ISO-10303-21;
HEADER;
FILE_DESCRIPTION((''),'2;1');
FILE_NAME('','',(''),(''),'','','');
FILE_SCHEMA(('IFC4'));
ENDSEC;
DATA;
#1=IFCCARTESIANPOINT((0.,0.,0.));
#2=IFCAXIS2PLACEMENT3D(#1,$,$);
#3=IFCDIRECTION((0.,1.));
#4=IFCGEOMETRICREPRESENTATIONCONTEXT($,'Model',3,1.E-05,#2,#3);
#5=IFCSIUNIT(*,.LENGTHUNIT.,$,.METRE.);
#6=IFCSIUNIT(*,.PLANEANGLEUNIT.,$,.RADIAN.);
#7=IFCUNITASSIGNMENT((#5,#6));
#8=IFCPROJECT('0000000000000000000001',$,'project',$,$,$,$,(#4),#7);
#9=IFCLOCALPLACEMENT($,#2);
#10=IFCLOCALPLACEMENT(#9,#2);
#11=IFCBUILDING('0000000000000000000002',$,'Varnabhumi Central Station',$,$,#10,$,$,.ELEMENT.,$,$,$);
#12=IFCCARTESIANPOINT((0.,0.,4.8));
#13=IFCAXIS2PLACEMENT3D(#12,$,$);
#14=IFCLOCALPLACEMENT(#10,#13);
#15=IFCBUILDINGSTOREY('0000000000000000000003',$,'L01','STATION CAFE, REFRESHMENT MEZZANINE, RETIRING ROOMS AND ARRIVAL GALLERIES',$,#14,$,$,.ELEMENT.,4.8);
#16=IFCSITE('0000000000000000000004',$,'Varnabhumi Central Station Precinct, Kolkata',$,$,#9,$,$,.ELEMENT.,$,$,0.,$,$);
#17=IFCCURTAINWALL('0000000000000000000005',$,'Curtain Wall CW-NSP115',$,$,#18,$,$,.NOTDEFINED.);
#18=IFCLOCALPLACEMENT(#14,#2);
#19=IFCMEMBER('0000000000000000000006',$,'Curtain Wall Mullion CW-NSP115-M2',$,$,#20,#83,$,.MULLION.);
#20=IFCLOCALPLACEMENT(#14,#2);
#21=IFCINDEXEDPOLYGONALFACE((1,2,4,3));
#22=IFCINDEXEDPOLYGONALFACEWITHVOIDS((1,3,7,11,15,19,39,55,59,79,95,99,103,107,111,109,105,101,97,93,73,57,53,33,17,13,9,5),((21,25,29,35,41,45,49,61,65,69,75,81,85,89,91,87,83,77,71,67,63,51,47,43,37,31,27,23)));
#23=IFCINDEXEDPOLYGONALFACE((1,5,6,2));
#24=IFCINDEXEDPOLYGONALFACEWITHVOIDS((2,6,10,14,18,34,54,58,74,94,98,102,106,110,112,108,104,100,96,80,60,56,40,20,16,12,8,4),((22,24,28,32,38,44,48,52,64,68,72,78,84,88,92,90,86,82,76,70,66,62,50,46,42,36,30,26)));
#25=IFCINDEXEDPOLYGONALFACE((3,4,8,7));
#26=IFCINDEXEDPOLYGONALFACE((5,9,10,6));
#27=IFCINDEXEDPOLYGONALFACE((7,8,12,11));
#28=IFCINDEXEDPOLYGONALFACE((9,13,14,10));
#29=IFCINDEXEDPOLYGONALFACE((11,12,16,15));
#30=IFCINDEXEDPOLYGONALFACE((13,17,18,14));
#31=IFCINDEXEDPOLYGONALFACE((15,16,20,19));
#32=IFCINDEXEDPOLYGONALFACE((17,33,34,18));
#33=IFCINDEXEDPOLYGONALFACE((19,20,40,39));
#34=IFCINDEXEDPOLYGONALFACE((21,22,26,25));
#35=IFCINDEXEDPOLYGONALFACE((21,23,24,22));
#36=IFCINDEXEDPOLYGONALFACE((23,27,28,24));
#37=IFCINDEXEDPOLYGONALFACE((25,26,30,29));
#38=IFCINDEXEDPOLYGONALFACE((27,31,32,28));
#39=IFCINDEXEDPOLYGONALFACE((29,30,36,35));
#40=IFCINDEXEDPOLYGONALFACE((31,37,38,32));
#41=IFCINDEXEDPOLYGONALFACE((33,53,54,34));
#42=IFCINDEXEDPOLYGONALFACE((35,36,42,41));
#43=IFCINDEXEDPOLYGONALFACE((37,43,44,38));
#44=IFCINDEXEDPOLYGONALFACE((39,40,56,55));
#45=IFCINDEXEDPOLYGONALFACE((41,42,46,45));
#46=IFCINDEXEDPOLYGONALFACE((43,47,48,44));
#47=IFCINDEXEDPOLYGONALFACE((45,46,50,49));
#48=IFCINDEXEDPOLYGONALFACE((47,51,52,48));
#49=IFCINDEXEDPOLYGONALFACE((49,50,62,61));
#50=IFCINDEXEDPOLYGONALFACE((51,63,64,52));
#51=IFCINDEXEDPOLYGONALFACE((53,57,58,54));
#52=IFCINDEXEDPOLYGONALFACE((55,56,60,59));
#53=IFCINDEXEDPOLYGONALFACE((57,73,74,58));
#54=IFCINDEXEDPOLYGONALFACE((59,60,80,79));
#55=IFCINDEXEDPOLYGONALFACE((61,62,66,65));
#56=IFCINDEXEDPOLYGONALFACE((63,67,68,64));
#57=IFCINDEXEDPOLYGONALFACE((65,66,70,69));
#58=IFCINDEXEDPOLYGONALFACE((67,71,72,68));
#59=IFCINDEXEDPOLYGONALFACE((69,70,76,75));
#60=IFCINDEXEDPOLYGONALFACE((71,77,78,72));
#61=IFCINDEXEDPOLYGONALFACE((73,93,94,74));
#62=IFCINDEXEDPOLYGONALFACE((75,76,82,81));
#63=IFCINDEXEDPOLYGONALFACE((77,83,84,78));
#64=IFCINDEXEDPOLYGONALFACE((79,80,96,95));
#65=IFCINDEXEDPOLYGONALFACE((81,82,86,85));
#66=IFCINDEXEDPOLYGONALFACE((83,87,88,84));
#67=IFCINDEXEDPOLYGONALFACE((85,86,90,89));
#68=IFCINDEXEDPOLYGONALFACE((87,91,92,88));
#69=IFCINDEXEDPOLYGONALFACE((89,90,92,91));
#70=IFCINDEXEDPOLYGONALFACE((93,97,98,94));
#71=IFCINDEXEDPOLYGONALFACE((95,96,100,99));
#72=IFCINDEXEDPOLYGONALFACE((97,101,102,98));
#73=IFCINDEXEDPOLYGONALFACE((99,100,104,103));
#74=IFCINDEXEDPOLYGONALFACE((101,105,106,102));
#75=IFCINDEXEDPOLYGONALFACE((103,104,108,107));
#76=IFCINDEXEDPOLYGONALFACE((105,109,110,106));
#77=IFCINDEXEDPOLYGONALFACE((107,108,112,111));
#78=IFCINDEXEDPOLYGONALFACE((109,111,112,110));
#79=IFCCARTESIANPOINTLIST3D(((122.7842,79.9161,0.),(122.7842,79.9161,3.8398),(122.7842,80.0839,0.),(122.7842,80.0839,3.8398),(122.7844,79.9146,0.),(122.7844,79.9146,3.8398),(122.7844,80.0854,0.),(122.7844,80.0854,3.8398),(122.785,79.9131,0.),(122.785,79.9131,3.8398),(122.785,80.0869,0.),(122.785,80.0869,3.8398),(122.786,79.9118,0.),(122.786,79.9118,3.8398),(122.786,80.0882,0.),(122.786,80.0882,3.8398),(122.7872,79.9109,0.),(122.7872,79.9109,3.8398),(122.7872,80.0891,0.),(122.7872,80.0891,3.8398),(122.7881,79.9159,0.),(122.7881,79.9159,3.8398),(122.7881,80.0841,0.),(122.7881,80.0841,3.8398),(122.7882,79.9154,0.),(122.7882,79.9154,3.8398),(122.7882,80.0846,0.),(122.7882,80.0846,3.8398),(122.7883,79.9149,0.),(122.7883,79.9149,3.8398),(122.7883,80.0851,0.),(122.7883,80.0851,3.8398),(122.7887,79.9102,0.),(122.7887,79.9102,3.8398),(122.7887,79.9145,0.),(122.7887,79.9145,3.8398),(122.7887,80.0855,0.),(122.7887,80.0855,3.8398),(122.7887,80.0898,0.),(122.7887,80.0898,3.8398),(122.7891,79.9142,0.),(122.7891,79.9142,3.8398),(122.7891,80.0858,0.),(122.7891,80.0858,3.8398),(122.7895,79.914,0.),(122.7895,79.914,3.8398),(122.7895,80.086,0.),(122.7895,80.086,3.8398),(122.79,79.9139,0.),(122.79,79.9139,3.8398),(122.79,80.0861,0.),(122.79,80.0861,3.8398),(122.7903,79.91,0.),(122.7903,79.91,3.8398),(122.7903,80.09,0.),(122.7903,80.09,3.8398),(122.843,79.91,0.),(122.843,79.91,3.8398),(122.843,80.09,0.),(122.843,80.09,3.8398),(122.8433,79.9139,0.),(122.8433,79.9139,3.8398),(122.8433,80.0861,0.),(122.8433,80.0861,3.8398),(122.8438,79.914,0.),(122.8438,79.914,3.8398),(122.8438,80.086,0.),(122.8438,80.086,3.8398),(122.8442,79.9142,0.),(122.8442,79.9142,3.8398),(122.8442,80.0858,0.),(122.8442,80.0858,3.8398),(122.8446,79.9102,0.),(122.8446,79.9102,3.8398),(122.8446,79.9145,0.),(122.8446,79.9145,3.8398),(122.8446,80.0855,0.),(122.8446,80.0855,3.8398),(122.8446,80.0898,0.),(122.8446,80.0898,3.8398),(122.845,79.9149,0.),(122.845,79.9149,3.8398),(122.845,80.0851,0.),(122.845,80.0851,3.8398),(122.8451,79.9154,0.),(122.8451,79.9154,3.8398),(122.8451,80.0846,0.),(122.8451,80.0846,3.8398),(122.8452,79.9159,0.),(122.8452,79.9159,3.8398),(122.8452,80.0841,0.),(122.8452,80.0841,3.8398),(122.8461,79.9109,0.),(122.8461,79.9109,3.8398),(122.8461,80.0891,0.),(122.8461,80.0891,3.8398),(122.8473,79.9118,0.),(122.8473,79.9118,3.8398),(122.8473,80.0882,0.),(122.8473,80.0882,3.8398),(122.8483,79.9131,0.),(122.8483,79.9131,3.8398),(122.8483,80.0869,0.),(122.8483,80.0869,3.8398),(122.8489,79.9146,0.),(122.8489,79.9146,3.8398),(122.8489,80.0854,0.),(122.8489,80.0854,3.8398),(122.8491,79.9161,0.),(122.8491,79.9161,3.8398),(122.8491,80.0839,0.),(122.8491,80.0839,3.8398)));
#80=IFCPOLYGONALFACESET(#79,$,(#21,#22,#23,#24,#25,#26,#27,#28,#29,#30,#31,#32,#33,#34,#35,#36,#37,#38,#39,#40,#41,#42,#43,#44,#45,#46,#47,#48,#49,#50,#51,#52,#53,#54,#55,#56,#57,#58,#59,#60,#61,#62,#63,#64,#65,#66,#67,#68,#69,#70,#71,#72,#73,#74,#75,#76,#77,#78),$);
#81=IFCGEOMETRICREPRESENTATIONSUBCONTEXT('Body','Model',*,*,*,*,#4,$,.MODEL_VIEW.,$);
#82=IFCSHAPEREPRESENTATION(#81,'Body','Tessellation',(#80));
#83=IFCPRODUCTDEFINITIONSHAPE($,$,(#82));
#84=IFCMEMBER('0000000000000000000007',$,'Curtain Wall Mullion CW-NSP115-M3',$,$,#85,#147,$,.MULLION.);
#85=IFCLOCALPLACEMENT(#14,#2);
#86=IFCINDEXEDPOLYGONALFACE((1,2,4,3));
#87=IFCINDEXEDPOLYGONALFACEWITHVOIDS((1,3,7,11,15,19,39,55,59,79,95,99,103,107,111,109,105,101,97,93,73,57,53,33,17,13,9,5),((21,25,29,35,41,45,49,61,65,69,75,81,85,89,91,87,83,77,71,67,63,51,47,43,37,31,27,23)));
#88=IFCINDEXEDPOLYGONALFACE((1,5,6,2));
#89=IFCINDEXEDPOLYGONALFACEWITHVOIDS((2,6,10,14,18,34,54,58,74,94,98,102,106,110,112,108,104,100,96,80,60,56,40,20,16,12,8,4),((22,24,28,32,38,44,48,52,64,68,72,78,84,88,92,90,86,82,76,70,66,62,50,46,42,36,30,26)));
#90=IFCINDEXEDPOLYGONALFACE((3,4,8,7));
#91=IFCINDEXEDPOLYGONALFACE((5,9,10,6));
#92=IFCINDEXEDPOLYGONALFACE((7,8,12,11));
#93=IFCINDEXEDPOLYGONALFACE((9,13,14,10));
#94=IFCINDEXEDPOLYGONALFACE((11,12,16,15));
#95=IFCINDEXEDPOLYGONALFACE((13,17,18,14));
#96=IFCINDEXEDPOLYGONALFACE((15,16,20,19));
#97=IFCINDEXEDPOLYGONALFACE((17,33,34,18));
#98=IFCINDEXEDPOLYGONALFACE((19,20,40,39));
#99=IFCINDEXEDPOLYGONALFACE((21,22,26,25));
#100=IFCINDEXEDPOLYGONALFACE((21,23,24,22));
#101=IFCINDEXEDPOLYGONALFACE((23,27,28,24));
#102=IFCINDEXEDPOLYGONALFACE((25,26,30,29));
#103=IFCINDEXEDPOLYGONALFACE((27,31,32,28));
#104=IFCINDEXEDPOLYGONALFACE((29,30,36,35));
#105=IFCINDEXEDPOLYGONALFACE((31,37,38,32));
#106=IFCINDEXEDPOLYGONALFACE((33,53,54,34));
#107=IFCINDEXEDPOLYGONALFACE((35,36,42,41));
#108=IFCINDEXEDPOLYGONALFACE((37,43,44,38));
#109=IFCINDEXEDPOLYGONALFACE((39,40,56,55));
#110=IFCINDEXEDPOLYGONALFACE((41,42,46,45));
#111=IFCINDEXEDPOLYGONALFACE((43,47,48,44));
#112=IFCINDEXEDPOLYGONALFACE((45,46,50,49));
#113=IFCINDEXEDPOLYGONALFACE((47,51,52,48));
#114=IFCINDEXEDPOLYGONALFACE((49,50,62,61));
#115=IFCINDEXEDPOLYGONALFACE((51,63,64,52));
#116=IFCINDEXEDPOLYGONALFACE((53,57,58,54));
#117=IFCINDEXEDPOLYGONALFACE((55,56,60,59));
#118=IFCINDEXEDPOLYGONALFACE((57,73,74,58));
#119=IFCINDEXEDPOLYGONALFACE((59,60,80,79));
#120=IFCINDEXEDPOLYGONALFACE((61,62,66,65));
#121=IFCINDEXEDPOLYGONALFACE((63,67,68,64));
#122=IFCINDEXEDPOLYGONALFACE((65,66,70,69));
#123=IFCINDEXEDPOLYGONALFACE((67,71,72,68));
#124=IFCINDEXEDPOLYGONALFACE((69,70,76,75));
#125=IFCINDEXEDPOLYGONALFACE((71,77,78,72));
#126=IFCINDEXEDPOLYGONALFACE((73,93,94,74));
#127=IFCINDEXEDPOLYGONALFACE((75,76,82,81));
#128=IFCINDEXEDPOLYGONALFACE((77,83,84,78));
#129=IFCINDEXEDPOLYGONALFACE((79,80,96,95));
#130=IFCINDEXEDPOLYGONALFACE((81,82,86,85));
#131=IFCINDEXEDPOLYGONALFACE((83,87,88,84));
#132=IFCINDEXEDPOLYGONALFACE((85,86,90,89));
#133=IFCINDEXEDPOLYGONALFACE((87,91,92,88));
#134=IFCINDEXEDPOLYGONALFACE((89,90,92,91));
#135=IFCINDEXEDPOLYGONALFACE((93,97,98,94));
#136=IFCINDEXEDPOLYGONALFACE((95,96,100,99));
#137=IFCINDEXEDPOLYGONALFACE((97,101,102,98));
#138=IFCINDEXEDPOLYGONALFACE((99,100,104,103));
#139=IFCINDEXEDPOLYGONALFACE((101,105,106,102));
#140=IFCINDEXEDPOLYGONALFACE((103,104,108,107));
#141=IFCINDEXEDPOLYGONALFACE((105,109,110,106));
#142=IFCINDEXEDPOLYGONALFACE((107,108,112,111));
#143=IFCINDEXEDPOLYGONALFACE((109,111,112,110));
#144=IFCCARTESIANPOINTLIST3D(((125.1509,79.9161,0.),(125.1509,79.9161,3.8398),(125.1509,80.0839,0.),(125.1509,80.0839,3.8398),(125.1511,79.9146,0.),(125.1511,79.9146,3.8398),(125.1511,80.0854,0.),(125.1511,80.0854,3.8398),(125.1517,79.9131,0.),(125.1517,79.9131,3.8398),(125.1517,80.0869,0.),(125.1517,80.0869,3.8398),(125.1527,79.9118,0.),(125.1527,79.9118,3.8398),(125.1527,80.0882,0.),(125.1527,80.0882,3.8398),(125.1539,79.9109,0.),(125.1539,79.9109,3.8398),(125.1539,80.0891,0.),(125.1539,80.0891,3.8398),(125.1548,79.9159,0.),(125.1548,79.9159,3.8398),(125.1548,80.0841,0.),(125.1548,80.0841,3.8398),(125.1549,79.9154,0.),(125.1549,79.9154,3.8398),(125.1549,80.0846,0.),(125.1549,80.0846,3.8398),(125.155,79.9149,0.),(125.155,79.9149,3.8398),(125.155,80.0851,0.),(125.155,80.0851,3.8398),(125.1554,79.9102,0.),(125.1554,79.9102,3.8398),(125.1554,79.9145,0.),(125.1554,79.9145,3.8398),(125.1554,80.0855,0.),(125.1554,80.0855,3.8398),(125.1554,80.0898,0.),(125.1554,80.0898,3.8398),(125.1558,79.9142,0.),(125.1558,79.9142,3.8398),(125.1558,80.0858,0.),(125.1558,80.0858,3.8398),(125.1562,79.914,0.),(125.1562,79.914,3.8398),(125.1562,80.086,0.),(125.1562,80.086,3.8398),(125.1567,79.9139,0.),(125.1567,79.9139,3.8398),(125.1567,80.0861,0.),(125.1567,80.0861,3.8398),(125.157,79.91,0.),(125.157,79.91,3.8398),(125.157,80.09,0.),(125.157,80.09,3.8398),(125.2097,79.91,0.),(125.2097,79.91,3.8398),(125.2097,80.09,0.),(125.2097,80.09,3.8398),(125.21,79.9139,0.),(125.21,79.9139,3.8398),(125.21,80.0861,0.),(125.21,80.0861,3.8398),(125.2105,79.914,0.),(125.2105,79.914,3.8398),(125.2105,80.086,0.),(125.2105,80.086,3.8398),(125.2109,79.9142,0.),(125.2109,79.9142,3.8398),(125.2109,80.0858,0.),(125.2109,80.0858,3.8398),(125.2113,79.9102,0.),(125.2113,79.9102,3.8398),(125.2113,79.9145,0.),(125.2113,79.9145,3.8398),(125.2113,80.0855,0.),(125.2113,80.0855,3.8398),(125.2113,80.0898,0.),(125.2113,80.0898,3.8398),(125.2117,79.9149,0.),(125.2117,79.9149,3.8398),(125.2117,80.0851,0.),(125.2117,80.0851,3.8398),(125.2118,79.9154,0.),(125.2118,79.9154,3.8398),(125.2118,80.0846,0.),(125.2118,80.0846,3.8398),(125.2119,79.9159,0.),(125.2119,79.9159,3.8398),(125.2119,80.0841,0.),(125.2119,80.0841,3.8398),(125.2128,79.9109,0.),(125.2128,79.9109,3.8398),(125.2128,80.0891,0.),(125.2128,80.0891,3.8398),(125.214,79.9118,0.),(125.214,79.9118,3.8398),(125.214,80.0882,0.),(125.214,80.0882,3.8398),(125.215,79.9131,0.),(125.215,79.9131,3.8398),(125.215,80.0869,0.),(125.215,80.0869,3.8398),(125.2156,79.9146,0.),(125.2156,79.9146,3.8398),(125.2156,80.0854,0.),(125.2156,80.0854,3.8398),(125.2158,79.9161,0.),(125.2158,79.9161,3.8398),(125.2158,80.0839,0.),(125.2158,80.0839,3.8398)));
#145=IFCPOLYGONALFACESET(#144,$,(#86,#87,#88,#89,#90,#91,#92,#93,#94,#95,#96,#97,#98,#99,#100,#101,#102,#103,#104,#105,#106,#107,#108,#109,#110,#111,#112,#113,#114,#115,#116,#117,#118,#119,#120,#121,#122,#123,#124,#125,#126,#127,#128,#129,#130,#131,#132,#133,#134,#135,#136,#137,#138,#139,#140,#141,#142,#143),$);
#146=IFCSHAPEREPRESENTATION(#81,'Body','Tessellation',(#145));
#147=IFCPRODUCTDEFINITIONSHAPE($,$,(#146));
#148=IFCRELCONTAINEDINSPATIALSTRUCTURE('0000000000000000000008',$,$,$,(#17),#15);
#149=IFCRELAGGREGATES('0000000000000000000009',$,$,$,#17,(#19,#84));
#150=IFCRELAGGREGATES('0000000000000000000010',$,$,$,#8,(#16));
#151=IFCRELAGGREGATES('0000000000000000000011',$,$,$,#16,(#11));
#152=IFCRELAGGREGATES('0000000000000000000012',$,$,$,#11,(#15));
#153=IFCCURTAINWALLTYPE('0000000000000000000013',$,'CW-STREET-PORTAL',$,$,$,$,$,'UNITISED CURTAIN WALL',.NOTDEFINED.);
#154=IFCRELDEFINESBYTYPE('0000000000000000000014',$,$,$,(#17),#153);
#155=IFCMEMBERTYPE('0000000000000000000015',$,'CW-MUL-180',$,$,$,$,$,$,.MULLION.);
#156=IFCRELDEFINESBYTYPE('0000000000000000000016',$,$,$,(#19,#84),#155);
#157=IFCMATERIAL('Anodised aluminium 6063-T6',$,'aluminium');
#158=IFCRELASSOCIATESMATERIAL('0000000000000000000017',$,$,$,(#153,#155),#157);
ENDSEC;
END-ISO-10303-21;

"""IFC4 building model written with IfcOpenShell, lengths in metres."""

from ifc_helpers import new_model, si_unit, direction, frame, origin, origin_2d, place, context, subcontext, project, spatial, hollow_rectangle, extrude, material, material_profile, profile_set, type_object, element, aggregate, save


model = new_model("IFC4")

# Units and contexts
model_context = context("Model", 3, precision=1e-05, world=origin(), true_north=direction((0.0, 1.0)))
body_context = subcontext(model_context, "Body", "Model", "MODEL_VIEW")
ifc_project = project(units=[si_unit("LENGTHUNIT", "METRE"), si_unit("PLANEANGLEUNIT", "RADIAN")], contexts=[model_context])

# Site, building, storey
site_placement = place(None, origin())
site = spatial("IfcSite", under=ifc_project, at=site_placement, Name="Varnabhumi Central Station Precinct, Kolkata", CompositionType="ELEMENT", RefElevation=0.0)
building_placement = place(site_placement, origin())
building = spatial("IfcBuilding", under=site, at=building_placement, Name="Varnabhumi Central Station", CompositionType="ELEMENT")
storey_placement = place(building_placement, frame((0.0, 0.0, 4.8)))
storey = spatial("IfcBuildingStorey", under=building, at=storey_placement, Name="L01", Description="STATION CAFE, REFRESHMENT MEZZANINE, RETIRING ROOMS AND ARRIVAL GALLERIES", CompositionType="ELEMENT", Elevation=4.8)

# Curtain wall, members
ifc_material_1 = material(Name="Anodised aluminium 6063-T6", Category="aluminium")
curtain_wall_type_1 = type_object("IfcCurtainWallType", Name="CW-STREET-PORTAL", ElementType="UNITISED CURTAIN WALL", PredefinedType="NOTDEFINED", material=ifc_material_1)
curtain_wall_1_placement = place(storey_placement, origin())
curtain_wall_1 = element("IfcCurtainWall", 1, at=curtain_wall_1_placement, inside=storey, type_object=curtain_wall_type_1, Name="Curtain Wall CW-NSP115", PredefinedType="NOTDEFINED")
ifc_material_profile_1 = material_profile(ifc_material_1, hollow_rectangle(XDim=0.0649, YDim=0.1799, WallThickness=0.0039, InnerFilletRadius=0.002, OuterFilletRadius=0.0061, at=origin_2d()), Name="Anodised aluminium 6063-T6", Category="aluminium")
ifc_profile_set_1 = profile_set([ifc_material_profile_1], Name="Anodised aluminium 6063-T6")
member_type_1 = type_object("IfcMemberType", Name="CW-MUL-180", PredefinedType="MULLION", material=ifc_profile_set_1)
member_1_placement = place(storey_placement, frame((122.8167, 80.0, 0.0), z_axis=(0.0, 0.0, 1.0), x_axis=(1.0, 0.0, 0.0)))
member_1 = element("IfcMember", 2, at=member_1_placement, type_object=member_type_1, Name="Curtain Wall Mullion CW-NSP115-M2", PredefinedType="MULLION", context=body_context, shape_type="SweptSolid", body=[
    extrude(hollow_rectangle(XDim=0.0649, YDim=0.1799, WallThickness=0.0039, InnerFilletRadius=0.002, OuterFilletRadius=0.0061, at=origin_2d()), origin(), (0.0, 0.0, 1.0), 3.8398),
])
member_2_placement = place(storey_placement, frame((125.1833, 80.0, 0.0), z_axis=(0.0, 0.0, 1.0), x_axis=(1.0, 0.0, 0.0)))
member_2 = element("IfcMember", 3, at=member_2_placement, type_object=member_type_1, Name="Curtain Wall Mullion CW-NSP115-M3", PredefinedType="MULLION", context=body_context, shape_type="SweptSolid", body=[
    extrude(hollow_rectangle(XDim=0.0649, YDim=0.1799, WallThickness=0.0039, InnerFilletRadius=0.002, OuterFilletRadius=0.0061, at=origin_2d()), origin(), (0.0, 0.0, 1.0), 3.8398),
])

aggregate(curtain_wall_1, [member_1, member_2])

save(model, "model.ifc")
